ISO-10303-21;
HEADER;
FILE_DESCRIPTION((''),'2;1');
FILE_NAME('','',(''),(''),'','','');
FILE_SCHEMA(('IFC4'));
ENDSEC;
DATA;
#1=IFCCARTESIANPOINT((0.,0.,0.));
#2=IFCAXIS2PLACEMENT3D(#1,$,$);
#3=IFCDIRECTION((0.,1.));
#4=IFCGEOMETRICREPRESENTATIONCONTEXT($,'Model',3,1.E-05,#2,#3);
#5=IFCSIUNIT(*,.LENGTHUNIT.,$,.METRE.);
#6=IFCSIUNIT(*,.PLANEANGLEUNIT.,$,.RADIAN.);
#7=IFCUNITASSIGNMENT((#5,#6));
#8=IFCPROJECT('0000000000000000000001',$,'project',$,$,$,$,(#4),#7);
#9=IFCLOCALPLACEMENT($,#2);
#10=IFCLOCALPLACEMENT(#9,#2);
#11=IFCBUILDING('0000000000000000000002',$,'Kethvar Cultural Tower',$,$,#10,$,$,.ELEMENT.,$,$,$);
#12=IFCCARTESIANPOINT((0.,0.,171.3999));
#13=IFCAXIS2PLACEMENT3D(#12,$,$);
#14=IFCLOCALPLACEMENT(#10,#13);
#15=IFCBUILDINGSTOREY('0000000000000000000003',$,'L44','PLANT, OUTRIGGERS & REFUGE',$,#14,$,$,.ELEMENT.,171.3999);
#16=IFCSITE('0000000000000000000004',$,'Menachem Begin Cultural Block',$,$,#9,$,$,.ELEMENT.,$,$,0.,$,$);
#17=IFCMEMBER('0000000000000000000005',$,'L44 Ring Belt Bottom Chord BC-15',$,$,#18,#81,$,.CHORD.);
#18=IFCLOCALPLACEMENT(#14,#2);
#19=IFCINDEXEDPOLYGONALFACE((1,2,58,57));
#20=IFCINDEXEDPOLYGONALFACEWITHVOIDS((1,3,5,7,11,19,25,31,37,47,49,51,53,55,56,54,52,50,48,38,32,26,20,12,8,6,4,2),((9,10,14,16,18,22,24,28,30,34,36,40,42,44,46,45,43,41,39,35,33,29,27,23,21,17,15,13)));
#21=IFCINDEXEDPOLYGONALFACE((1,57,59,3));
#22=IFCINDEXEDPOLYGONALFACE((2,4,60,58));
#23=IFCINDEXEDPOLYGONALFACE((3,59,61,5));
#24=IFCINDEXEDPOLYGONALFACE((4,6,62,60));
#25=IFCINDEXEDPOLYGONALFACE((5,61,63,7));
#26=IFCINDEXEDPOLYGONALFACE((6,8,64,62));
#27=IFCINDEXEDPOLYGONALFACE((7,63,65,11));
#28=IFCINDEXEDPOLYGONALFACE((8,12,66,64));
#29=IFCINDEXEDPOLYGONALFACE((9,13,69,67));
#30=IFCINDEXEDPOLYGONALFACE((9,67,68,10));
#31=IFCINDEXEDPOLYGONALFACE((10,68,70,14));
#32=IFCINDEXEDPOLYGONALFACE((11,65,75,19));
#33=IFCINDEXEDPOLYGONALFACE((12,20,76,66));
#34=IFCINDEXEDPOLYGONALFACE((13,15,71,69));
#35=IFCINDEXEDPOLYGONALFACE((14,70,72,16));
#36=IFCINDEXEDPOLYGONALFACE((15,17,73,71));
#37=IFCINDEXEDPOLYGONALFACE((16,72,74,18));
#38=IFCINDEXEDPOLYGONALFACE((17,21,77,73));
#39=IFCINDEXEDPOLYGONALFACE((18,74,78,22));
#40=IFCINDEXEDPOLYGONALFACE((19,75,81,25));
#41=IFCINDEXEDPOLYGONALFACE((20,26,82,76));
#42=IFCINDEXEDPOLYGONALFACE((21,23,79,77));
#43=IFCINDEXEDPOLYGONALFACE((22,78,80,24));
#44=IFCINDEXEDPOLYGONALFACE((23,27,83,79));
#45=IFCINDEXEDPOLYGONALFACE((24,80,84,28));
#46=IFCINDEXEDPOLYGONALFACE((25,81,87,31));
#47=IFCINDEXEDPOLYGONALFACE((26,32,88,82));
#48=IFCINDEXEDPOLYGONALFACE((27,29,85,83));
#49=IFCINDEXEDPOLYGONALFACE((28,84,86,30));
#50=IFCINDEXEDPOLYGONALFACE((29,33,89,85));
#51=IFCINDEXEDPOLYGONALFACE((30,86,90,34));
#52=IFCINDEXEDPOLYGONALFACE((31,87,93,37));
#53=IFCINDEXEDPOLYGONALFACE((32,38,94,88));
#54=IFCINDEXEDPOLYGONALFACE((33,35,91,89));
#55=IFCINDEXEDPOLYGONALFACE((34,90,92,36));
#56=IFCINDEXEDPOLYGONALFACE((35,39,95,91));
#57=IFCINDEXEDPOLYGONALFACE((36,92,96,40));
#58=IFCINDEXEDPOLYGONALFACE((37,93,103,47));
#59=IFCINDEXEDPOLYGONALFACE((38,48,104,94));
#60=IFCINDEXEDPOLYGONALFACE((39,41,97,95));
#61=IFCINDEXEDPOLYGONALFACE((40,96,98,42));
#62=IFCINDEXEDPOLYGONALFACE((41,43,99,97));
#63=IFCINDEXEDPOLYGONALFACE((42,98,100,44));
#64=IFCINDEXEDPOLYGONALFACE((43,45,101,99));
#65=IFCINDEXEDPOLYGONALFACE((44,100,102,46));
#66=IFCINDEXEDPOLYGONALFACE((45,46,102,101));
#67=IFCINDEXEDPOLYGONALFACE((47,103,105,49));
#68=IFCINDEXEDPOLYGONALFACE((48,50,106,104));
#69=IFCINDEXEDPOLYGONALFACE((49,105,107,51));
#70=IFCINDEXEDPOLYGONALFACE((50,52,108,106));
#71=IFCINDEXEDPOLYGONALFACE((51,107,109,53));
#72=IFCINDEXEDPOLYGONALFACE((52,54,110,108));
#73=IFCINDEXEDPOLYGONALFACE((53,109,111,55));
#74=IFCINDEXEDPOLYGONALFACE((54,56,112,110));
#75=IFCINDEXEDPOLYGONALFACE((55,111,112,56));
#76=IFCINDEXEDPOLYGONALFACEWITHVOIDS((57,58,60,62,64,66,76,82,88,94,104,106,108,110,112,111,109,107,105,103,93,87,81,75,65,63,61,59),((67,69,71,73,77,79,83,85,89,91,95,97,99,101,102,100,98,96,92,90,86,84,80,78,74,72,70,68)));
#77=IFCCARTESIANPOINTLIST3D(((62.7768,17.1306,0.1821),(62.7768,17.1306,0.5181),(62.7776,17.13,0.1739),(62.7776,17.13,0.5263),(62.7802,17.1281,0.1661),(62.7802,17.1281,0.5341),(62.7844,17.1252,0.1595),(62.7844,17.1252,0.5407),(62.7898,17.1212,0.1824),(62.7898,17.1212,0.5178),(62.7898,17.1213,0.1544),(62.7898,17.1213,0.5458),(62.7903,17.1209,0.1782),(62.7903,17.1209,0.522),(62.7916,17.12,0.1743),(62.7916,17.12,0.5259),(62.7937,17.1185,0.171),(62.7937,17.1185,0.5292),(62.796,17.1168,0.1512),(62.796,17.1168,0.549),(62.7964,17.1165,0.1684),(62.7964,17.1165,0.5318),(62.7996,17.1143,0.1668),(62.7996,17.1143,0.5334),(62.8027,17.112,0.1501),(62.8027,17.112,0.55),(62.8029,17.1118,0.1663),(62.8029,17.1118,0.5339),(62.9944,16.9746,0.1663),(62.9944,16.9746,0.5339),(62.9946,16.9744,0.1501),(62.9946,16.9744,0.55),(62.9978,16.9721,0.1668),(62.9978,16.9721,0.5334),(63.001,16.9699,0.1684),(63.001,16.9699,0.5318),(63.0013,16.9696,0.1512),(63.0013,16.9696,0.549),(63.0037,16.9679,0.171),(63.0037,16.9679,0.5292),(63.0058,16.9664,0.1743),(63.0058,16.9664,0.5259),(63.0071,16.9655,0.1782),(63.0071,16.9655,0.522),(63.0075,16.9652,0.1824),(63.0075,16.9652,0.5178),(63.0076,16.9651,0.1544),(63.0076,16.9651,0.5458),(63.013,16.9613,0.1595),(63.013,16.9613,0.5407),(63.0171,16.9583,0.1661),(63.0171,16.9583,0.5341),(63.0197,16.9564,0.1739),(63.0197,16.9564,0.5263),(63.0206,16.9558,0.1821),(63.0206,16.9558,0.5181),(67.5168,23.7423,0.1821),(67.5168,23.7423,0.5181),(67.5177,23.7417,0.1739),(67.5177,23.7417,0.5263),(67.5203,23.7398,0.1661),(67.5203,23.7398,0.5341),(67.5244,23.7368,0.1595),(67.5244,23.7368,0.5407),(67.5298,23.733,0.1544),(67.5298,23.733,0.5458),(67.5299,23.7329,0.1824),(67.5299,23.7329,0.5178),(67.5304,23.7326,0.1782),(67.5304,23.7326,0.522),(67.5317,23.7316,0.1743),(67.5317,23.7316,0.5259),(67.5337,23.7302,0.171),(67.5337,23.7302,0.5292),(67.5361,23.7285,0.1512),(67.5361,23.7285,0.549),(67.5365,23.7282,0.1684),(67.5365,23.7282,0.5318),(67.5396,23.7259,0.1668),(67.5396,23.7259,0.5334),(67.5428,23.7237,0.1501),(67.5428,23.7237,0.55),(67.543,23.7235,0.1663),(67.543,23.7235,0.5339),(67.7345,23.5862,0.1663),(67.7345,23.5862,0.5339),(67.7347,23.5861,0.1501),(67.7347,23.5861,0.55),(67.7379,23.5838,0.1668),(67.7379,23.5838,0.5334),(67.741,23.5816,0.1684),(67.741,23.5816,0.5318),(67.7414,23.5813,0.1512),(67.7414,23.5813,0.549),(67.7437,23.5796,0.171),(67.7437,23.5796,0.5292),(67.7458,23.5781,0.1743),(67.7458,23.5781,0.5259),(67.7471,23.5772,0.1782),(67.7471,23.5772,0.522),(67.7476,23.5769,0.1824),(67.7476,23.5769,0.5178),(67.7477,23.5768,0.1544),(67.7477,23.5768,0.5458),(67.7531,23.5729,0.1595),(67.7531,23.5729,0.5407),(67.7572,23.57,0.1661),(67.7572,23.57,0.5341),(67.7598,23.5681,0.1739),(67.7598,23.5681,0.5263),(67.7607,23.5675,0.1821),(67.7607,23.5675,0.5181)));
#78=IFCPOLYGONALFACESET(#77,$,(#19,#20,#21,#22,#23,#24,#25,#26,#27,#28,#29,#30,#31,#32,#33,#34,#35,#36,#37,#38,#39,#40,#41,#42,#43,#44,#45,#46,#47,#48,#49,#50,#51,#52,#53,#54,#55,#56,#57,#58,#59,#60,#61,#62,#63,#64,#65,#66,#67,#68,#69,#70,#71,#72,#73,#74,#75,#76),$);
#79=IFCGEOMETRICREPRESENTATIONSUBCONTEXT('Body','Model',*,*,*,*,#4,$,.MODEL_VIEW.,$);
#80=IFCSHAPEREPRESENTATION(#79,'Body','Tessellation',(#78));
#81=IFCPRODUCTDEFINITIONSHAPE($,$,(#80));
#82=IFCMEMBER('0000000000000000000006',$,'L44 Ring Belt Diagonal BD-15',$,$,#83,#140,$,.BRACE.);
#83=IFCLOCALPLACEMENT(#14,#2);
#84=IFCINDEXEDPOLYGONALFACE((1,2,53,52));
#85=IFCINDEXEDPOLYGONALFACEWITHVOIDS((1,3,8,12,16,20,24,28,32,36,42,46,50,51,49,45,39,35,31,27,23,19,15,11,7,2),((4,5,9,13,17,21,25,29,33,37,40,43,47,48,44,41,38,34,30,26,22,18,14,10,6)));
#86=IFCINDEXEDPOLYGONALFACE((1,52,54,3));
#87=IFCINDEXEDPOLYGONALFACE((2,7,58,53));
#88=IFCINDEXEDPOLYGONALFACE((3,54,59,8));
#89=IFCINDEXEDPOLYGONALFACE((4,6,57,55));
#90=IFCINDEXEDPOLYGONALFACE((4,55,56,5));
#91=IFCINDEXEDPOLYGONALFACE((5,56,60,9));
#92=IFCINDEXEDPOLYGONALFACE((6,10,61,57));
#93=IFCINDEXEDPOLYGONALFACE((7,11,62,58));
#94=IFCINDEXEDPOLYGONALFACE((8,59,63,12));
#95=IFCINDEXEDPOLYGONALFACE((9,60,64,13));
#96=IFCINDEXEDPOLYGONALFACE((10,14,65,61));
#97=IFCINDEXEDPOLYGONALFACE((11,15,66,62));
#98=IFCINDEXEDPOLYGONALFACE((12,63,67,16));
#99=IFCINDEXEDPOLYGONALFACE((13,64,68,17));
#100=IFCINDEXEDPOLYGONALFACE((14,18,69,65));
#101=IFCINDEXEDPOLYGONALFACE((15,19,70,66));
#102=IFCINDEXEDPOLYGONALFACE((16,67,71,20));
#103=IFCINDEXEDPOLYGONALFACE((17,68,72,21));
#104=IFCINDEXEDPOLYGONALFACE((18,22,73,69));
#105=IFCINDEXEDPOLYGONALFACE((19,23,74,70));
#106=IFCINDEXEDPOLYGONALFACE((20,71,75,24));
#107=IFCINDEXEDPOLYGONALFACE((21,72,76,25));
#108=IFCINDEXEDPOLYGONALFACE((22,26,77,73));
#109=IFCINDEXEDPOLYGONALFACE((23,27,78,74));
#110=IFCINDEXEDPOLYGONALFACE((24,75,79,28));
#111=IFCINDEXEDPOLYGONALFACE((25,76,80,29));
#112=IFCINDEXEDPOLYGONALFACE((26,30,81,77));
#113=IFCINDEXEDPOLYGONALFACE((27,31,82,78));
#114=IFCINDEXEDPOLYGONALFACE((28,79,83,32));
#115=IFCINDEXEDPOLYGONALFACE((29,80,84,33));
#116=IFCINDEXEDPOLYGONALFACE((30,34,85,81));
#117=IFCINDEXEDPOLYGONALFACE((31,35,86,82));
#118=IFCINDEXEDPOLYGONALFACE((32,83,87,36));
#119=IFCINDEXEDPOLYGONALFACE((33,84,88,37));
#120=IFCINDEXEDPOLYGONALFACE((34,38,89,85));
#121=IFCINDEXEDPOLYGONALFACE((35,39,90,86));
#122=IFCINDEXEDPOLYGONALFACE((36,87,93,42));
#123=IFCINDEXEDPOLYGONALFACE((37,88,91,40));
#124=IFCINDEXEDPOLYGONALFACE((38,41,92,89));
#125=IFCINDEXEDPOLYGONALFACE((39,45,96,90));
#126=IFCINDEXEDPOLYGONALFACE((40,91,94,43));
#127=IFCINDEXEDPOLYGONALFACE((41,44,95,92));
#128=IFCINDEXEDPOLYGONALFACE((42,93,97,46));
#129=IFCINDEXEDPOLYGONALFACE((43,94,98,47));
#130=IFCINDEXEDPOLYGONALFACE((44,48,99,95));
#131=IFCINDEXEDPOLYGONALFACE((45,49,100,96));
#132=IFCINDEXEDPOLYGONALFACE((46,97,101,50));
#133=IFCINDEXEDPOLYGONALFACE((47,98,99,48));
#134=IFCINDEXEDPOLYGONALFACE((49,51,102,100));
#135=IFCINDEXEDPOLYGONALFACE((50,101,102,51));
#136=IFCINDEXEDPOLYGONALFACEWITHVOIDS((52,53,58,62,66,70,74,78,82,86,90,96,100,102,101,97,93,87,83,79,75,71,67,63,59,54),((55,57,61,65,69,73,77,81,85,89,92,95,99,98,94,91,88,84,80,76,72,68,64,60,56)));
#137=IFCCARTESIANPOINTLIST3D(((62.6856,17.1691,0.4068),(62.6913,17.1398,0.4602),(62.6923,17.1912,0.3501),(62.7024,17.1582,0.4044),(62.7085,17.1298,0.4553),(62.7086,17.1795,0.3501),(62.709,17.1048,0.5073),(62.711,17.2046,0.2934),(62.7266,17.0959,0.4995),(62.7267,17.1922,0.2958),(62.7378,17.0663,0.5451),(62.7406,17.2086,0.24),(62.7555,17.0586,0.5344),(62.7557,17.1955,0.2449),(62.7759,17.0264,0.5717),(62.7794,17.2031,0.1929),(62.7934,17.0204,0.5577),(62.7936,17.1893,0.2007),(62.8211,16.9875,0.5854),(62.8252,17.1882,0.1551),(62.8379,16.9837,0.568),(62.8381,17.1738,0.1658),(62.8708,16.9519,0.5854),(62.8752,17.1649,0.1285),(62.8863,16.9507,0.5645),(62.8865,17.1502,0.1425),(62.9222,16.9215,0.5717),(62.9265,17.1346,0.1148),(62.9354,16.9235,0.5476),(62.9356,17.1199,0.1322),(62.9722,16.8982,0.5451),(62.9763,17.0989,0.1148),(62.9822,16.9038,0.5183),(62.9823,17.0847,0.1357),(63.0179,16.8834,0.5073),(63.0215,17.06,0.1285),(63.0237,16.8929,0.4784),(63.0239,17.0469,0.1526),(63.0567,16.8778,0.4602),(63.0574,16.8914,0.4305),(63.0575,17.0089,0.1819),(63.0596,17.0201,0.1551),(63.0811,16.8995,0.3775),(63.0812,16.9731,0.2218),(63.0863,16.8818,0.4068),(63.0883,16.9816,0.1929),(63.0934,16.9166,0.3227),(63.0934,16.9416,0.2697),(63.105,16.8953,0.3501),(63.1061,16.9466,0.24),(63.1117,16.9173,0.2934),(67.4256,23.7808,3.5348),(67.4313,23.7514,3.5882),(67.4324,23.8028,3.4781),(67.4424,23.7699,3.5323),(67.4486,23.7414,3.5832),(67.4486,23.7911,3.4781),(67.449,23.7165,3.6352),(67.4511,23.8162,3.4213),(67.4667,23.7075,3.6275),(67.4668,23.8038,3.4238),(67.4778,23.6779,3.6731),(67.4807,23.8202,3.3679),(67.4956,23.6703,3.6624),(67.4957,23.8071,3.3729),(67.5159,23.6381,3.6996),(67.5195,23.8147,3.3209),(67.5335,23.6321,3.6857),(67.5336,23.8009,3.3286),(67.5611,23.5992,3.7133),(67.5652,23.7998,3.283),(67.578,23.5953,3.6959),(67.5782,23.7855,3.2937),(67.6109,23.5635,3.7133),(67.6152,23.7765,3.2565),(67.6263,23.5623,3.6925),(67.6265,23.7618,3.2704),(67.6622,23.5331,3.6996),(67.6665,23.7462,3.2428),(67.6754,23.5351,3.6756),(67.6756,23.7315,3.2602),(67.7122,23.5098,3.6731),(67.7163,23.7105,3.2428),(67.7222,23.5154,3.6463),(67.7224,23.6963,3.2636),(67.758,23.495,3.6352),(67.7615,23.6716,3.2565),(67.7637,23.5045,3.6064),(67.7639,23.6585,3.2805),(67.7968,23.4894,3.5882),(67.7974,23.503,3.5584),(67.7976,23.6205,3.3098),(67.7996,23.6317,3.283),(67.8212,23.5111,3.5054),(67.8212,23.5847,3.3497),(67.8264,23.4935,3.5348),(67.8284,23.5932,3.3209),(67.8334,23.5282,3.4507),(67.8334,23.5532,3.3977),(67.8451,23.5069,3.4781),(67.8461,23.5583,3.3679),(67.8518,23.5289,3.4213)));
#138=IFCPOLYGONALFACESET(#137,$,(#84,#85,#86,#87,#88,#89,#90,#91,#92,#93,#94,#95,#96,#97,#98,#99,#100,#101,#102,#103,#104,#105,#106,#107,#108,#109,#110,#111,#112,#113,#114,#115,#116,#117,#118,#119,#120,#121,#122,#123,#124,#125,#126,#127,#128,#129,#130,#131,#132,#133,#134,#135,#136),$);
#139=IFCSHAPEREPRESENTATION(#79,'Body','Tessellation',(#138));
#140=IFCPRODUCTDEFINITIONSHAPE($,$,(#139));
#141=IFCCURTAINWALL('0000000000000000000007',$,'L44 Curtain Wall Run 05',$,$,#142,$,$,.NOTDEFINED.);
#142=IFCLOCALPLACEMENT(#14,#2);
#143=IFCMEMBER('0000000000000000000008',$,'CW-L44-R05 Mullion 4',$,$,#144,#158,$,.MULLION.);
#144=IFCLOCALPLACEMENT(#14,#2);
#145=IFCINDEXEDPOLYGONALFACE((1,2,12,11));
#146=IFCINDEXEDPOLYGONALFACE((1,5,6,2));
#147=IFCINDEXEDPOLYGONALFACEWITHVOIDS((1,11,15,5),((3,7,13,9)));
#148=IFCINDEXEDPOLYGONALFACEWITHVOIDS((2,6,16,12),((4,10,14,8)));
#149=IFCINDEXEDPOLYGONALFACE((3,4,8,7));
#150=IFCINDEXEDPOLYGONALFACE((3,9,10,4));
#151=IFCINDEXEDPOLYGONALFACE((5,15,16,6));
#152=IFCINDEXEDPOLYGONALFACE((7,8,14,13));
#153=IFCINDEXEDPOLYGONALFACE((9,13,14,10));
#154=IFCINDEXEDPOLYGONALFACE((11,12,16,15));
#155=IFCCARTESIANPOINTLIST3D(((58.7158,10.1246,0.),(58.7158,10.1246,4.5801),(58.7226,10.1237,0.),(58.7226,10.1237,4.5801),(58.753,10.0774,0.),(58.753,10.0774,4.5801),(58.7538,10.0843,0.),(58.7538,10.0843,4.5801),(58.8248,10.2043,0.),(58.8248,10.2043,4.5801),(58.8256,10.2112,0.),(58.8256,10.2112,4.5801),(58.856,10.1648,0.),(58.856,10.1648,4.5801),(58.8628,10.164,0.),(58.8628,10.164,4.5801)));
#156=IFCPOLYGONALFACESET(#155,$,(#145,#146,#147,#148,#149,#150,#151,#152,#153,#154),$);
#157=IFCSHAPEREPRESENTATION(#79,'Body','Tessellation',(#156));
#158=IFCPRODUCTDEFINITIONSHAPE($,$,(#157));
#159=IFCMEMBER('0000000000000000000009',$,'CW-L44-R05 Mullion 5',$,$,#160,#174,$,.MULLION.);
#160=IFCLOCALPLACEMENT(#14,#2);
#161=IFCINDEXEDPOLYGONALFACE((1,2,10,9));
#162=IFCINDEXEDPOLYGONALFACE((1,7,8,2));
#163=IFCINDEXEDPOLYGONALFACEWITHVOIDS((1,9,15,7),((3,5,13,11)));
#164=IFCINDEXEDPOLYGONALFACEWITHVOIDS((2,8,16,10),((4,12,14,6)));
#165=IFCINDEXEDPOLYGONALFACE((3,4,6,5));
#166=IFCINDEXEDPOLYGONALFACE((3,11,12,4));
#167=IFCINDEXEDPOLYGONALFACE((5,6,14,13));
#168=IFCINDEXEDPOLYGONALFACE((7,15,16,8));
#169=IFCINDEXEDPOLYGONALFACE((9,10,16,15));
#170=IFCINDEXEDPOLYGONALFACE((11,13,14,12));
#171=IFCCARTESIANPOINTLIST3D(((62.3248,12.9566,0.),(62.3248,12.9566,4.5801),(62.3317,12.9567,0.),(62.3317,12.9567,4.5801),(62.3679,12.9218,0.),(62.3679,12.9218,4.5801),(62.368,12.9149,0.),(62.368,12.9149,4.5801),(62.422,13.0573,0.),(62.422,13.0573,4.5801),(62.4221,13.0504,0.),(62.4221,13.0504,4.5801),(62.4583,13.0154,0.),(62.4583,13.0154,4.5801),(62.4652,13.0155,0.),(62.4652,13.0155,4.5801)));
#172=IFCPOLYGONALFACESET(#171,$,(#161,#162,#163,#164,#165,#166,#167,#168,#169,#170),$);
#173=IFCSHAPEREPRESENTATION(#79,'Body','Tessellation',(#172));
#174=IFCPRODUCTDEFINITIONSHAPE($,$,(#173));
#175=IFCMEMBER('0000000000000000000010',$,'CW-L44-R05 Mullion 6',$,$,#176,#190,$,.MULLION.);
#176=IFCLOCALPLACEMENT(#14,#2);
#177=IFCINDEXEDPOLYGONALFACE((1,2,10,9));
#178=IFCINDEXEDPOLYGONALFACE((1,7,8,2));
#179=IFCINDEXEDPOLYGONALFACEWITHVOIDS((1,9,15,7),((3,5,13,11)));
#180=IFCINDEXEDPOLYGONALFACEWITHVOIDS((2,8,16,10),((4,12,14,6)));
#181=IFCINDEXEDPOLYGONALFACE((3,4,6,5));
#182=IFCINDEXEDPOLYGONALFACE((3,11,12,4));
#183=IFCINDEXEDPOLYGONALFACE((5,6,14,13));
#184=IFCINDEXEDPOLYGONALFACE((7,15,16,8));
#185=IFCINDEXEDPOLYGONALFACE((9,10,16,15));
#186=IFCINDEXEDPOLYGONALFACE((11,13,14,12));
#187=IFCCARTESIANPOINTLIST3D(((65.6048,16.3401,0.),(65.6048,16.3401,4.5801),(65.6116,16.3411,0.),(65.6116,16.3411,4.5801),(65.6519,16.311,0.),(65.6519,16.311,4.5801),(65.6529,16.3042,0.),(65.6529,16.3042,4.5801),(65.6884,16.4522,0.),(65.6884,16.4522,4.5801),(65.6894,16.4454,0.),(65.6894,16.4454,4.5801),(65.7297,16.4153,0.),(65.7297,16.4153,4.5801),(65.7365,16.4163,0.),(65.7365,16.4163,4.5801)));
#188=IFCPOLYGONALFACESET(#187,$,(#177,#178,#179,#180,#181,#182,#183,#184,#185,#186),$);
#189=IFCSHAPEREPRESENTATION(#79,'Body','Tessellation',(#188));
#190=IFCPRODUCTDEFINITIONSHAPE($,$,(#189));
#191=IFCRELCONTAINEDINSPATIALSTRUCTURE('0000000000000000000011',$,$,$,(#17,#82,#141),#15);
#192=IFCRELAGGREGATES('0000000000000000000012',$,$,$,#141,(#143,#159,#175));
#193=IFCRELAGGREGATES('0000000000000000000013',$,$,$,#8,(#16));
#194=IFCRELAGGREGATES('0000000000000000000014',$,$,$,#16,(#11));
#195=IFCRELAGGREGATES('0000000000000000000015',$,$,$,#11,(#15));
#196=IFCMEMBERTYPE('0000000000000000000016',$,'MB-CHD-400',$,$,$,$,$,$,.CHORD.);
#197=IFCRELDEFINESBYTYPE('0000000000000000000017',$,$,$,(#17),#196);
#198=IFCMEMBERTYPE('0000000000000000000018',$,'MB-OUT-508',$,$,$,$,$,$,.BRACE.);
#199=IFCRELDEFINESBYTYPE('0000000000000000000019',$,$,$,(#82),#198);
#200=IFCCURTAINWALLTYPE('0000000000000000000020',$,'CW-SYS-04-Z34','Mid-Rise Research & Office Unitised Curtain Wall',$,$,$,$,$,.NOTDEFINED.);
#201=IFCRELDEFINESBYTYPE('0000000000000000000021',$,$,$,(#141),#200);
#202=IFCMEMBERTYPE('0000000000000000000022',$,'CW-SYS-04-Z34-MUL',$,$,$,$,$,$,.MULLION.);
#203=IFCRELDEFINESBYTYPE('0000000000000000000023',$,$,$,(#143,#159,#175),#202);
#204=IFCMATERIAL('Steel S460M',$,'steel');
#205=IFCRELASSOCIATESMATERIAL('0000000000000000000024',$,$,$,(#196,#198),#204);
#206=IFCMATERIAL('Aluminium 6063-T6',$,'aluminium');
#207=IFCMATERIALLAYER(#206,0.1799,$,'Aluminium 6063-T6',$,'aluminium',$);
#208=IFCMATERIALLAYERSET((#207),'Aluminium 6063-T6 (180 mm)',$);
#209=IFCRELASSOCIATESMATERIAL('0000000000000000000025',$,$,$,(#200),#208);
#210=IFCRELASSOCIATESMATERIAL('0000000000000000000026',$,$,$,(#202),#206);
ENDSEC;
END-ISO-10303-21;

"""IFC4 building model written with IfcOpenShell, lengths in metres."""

from ifc_helpers import new_model, si_unit, direction, frame, origin, origin_2d, place, context, subcontext, project, spatial, hollow_rectangle, hollow_circle, extrude, source, transform, mapped, material, layer, layer_set, material_profile, profile_set, type_object, element, aggregate, save


model = new_model("IFC4")

# Units and contexts
model_context = context("Model", 3, precision=1e-05, world=origin(), true_north=direction((0.0, 1.0)))
body_context = subcontext(model_context, "Body", "Model", "MODEL_VIEW")
ifc_project = project(units=[si_unit("LENGTHUNIT", "METRE"), si_unit("PLANEANGLEUNIT", "RADIAN")], contexts=[model_context])

# Site, building, storey
site_placement = place(None, origin())
site = spatial("IfcSite", under=ifc_project, at=site_placement, Name="Menachem Begin Cultural Block", CompositionType="ELEMENT", RefElevation=0.0)
building_placement = place(site_placement, origin())
building = spatial("IfcBuilding", under=site, at=building_placement, Name="Kethvar Cultural Tower", CompositionType="ELEMENT")
storey_placement = place(building_placement, frame((0.0, 0.0, 171.3999)))
storey = spatial("IfcBuildingStorey", under=building, at=storey_placement, Name="L44", Description="PLANT, OUTRIGGERS & REFUGE", CompositionType="ELEMENT", Elevation=171.3999)

# Shared definitions
ifc_material_1 = material(Name="Steel S460M", Category="steel")

# Shared definitions
ifc_material_profile_1 = material_profile(ifc_material_1, hollow_rectangle(XDim=0.3, YDim=0.3999, WallThickness=0.0161, InnerFilletRadius=0.0161, OuterFilletRadius=0.032, at=origin_2d()), Name="Steel S460M — RHS400x300x16")
ifc_profile_set_1 = profile_set([ifc_material_profile_1], Name="Steel S460M — RHS400x300x16")
member_type_1 = type_object("IfcMemberType", Name="MB-CHD-400", PredefinedType="CHORD", material=ifc_profile_set_1)
ifc_material_profile_2 = material_profile(ifc_material_1, hollow_circle(Radius=0.2539, WallThickness=0.02, at=origin_2d()), Name="Steel S460M — CHS508x20")
ifc_profile_set_2 = profile_set([ifc_material_profile_2], Name="Steel S460M — CHS508x20")
member_type_2 = type_object("IfcMemberType", Name="MB-OUT-508", PredefinedType="BRACE", material=ifc_profile_set_2)

# Members
shared_shape_1 = source(origin(), body_context, "Body", "SweptSolid", [
    extrude(hollow_rectangle(XDim=0.3, YDim=0.3999, WallThickness=0.0161, InnerFilletRadius=0.0161, OuterFilletRadius=0.032, at=origin_2d()), origin(), (0.0, 0.0, 1.0), 8.1353),
])
member_1_placement = place(storey_placement, frame((62.8987, 17.0432, 0.3501), z_axis=(0.582657, 0.812718, 0.0), x_axis=(-0.812718, 0.582657, 0.0)))
element("IfcMember", 1, at=member_1_placement, inside=storey, type_object=member_type_1, Name="L44 Ring Belt Bottom Chord BC-15", PredefinedType="CHORD", context=body_context, shape_type="MappedRepresentation", body=[
    mapped(shared_shape_1, transform((0.0, 0.0, 0.0), scale=1.0)),
])
shared_shape_2 = source(origin(), body_context, "Body", "SweptSolid", [
    extrude(hollow_circle(Radius=0.2539, WallThickness=0.02, at=origin_2d()), origin(), (0.0, 0.0, 1.0), 8.7158),
])
member_2_placement = place(storey_placement, frame((62.8987, 17.0432, 0.3501), z_axis=(0.543842, 0.758577, 0.358882), x_axis=(-0.812718, 0.582657, 0.0)))
element("IfcMember", 2, at=member_2_placement, inside=storey, type_object=member_type_2, Name="L44 Ring Belt Diagonal BD-15", PredefinedType="BRACE", context=body_context, shape_type="MappedRepresentation", body=[
    mapped(shared_shape_2, transform((0.0, 0.0, 0.0), scale=1.0)),
])

# Curtain wall, members
ifc_material_2 = material(Name="Aluminium 6063-T6", Category="aluminium")
ifc_layer_1 = layer(ifc_material_2, 0.1799, Name="Aluminium 6063-T6", Category="aluminium")
ifc_layer_set_1 = layer_set([ifc_layer_1], Name="Aluminium 6063-T6 (180 mm)")
curtain_wall_type = type_object("IfcCurtainWallType", Name="CW-SYS-04-Z34", Description="Mid-Rise Research & Office Unitised Curtain Wall", PredefinedType="NOTDEFINED", material=ifc_layer_set_1)
curtain_wall_placement = place(storey_placement, origin())
curtain_wall = element("IfcCurtainWall", 3, at=curtain_wall_placement, inside=storey, type_object=curtain_wall_type, Name="L44 Curtain Wall Run 05", PredefinedType="NOTDEFINED")
ifc_material_profile_3 = material_profile(ifc_material_2, hollow_rectangle(XDim=0.0601, YDim=0.1399, WallThickness=0.0049, at=origin_2d()), Name="Aluminium 6063-T6 — RHS140x60x5")
ifc_profile_set_3 = profile_set([ifc_material_profile_3], Name="Aluminium 6063-T6 — RHS140x60x5")
member_type_3 = type_object("IfcMemberType", Name="CW-SYS-04-Z34-MUL", PredefinedType="MULLION", material=ifc_profile_set_3)
shared_shape_3 = source(origin(), body_context, "Body", "SweptSolid", [
    extrude(hollow_rectangle(XDim=0.0601, YDim=0.1399, WallThickness=0.0049, at=origin_2d()), origin(), (0.0, 0.0, 1.0), 4.5801),
])
member_3_placement = place(storey_placement, frame((58.7893, 10.1443, 0.0), z_axis=(0.0, 0.0, 1.0), x_axis=(-0.619204, 0.78523, 0.0)))
member_3 = element("IfcMember", 4, at=member_3_placement, type_object=member_type_3, Name="CW-L44-R05 Mullion 4", PredefinedType="MULLION", context=body_context, shape_type="MappedRepresentation", body=[
    mapped(shared_shape_3, transform((0.0, 0.0, 0.0), scale=1.0)),
])
member_4_placement = place(storey_placement, frame((62.395, 12.9861, 0.0), z_axis=(0.0, 0.0, 1.0), x_axis=(-0.719437, 0.694558, 0.0)))
member_4 = element("IfcMember", 5, at=member_4_placement, type_object=member_type_3, Name="CW-L44-R05 Mullion 5", PredefinedType="MULLION", context=body_context, shape_type="MappedRepresentation", body=[
    mapped(shared_shape_3, transform((0.0, 0.0, 0.0), scale=1.0)),
])
member_5_placement = place(storey_placement, frame((65.6707, 16.3782, 0.0), z_axis=(0.0, 0.0, 1.0), x_axis=(-0.801619, 0.597835, 0.0)))
member_5 = element("IfcMember", 6, at=member_5_placement, type_object=member_type_3, Name="CW-L44-R05 Mullion 6", PredefinedType="MULLION", context=body_context, shape_type="MappedRepresentation", body=[
    mapped(shared_shape_3, transform((0.0, 0.0, 0.0), scale=1.0)),
])

aggregate(curtain_wall, [member_3, member_4, member_5])

save(model, "model.ifc")
